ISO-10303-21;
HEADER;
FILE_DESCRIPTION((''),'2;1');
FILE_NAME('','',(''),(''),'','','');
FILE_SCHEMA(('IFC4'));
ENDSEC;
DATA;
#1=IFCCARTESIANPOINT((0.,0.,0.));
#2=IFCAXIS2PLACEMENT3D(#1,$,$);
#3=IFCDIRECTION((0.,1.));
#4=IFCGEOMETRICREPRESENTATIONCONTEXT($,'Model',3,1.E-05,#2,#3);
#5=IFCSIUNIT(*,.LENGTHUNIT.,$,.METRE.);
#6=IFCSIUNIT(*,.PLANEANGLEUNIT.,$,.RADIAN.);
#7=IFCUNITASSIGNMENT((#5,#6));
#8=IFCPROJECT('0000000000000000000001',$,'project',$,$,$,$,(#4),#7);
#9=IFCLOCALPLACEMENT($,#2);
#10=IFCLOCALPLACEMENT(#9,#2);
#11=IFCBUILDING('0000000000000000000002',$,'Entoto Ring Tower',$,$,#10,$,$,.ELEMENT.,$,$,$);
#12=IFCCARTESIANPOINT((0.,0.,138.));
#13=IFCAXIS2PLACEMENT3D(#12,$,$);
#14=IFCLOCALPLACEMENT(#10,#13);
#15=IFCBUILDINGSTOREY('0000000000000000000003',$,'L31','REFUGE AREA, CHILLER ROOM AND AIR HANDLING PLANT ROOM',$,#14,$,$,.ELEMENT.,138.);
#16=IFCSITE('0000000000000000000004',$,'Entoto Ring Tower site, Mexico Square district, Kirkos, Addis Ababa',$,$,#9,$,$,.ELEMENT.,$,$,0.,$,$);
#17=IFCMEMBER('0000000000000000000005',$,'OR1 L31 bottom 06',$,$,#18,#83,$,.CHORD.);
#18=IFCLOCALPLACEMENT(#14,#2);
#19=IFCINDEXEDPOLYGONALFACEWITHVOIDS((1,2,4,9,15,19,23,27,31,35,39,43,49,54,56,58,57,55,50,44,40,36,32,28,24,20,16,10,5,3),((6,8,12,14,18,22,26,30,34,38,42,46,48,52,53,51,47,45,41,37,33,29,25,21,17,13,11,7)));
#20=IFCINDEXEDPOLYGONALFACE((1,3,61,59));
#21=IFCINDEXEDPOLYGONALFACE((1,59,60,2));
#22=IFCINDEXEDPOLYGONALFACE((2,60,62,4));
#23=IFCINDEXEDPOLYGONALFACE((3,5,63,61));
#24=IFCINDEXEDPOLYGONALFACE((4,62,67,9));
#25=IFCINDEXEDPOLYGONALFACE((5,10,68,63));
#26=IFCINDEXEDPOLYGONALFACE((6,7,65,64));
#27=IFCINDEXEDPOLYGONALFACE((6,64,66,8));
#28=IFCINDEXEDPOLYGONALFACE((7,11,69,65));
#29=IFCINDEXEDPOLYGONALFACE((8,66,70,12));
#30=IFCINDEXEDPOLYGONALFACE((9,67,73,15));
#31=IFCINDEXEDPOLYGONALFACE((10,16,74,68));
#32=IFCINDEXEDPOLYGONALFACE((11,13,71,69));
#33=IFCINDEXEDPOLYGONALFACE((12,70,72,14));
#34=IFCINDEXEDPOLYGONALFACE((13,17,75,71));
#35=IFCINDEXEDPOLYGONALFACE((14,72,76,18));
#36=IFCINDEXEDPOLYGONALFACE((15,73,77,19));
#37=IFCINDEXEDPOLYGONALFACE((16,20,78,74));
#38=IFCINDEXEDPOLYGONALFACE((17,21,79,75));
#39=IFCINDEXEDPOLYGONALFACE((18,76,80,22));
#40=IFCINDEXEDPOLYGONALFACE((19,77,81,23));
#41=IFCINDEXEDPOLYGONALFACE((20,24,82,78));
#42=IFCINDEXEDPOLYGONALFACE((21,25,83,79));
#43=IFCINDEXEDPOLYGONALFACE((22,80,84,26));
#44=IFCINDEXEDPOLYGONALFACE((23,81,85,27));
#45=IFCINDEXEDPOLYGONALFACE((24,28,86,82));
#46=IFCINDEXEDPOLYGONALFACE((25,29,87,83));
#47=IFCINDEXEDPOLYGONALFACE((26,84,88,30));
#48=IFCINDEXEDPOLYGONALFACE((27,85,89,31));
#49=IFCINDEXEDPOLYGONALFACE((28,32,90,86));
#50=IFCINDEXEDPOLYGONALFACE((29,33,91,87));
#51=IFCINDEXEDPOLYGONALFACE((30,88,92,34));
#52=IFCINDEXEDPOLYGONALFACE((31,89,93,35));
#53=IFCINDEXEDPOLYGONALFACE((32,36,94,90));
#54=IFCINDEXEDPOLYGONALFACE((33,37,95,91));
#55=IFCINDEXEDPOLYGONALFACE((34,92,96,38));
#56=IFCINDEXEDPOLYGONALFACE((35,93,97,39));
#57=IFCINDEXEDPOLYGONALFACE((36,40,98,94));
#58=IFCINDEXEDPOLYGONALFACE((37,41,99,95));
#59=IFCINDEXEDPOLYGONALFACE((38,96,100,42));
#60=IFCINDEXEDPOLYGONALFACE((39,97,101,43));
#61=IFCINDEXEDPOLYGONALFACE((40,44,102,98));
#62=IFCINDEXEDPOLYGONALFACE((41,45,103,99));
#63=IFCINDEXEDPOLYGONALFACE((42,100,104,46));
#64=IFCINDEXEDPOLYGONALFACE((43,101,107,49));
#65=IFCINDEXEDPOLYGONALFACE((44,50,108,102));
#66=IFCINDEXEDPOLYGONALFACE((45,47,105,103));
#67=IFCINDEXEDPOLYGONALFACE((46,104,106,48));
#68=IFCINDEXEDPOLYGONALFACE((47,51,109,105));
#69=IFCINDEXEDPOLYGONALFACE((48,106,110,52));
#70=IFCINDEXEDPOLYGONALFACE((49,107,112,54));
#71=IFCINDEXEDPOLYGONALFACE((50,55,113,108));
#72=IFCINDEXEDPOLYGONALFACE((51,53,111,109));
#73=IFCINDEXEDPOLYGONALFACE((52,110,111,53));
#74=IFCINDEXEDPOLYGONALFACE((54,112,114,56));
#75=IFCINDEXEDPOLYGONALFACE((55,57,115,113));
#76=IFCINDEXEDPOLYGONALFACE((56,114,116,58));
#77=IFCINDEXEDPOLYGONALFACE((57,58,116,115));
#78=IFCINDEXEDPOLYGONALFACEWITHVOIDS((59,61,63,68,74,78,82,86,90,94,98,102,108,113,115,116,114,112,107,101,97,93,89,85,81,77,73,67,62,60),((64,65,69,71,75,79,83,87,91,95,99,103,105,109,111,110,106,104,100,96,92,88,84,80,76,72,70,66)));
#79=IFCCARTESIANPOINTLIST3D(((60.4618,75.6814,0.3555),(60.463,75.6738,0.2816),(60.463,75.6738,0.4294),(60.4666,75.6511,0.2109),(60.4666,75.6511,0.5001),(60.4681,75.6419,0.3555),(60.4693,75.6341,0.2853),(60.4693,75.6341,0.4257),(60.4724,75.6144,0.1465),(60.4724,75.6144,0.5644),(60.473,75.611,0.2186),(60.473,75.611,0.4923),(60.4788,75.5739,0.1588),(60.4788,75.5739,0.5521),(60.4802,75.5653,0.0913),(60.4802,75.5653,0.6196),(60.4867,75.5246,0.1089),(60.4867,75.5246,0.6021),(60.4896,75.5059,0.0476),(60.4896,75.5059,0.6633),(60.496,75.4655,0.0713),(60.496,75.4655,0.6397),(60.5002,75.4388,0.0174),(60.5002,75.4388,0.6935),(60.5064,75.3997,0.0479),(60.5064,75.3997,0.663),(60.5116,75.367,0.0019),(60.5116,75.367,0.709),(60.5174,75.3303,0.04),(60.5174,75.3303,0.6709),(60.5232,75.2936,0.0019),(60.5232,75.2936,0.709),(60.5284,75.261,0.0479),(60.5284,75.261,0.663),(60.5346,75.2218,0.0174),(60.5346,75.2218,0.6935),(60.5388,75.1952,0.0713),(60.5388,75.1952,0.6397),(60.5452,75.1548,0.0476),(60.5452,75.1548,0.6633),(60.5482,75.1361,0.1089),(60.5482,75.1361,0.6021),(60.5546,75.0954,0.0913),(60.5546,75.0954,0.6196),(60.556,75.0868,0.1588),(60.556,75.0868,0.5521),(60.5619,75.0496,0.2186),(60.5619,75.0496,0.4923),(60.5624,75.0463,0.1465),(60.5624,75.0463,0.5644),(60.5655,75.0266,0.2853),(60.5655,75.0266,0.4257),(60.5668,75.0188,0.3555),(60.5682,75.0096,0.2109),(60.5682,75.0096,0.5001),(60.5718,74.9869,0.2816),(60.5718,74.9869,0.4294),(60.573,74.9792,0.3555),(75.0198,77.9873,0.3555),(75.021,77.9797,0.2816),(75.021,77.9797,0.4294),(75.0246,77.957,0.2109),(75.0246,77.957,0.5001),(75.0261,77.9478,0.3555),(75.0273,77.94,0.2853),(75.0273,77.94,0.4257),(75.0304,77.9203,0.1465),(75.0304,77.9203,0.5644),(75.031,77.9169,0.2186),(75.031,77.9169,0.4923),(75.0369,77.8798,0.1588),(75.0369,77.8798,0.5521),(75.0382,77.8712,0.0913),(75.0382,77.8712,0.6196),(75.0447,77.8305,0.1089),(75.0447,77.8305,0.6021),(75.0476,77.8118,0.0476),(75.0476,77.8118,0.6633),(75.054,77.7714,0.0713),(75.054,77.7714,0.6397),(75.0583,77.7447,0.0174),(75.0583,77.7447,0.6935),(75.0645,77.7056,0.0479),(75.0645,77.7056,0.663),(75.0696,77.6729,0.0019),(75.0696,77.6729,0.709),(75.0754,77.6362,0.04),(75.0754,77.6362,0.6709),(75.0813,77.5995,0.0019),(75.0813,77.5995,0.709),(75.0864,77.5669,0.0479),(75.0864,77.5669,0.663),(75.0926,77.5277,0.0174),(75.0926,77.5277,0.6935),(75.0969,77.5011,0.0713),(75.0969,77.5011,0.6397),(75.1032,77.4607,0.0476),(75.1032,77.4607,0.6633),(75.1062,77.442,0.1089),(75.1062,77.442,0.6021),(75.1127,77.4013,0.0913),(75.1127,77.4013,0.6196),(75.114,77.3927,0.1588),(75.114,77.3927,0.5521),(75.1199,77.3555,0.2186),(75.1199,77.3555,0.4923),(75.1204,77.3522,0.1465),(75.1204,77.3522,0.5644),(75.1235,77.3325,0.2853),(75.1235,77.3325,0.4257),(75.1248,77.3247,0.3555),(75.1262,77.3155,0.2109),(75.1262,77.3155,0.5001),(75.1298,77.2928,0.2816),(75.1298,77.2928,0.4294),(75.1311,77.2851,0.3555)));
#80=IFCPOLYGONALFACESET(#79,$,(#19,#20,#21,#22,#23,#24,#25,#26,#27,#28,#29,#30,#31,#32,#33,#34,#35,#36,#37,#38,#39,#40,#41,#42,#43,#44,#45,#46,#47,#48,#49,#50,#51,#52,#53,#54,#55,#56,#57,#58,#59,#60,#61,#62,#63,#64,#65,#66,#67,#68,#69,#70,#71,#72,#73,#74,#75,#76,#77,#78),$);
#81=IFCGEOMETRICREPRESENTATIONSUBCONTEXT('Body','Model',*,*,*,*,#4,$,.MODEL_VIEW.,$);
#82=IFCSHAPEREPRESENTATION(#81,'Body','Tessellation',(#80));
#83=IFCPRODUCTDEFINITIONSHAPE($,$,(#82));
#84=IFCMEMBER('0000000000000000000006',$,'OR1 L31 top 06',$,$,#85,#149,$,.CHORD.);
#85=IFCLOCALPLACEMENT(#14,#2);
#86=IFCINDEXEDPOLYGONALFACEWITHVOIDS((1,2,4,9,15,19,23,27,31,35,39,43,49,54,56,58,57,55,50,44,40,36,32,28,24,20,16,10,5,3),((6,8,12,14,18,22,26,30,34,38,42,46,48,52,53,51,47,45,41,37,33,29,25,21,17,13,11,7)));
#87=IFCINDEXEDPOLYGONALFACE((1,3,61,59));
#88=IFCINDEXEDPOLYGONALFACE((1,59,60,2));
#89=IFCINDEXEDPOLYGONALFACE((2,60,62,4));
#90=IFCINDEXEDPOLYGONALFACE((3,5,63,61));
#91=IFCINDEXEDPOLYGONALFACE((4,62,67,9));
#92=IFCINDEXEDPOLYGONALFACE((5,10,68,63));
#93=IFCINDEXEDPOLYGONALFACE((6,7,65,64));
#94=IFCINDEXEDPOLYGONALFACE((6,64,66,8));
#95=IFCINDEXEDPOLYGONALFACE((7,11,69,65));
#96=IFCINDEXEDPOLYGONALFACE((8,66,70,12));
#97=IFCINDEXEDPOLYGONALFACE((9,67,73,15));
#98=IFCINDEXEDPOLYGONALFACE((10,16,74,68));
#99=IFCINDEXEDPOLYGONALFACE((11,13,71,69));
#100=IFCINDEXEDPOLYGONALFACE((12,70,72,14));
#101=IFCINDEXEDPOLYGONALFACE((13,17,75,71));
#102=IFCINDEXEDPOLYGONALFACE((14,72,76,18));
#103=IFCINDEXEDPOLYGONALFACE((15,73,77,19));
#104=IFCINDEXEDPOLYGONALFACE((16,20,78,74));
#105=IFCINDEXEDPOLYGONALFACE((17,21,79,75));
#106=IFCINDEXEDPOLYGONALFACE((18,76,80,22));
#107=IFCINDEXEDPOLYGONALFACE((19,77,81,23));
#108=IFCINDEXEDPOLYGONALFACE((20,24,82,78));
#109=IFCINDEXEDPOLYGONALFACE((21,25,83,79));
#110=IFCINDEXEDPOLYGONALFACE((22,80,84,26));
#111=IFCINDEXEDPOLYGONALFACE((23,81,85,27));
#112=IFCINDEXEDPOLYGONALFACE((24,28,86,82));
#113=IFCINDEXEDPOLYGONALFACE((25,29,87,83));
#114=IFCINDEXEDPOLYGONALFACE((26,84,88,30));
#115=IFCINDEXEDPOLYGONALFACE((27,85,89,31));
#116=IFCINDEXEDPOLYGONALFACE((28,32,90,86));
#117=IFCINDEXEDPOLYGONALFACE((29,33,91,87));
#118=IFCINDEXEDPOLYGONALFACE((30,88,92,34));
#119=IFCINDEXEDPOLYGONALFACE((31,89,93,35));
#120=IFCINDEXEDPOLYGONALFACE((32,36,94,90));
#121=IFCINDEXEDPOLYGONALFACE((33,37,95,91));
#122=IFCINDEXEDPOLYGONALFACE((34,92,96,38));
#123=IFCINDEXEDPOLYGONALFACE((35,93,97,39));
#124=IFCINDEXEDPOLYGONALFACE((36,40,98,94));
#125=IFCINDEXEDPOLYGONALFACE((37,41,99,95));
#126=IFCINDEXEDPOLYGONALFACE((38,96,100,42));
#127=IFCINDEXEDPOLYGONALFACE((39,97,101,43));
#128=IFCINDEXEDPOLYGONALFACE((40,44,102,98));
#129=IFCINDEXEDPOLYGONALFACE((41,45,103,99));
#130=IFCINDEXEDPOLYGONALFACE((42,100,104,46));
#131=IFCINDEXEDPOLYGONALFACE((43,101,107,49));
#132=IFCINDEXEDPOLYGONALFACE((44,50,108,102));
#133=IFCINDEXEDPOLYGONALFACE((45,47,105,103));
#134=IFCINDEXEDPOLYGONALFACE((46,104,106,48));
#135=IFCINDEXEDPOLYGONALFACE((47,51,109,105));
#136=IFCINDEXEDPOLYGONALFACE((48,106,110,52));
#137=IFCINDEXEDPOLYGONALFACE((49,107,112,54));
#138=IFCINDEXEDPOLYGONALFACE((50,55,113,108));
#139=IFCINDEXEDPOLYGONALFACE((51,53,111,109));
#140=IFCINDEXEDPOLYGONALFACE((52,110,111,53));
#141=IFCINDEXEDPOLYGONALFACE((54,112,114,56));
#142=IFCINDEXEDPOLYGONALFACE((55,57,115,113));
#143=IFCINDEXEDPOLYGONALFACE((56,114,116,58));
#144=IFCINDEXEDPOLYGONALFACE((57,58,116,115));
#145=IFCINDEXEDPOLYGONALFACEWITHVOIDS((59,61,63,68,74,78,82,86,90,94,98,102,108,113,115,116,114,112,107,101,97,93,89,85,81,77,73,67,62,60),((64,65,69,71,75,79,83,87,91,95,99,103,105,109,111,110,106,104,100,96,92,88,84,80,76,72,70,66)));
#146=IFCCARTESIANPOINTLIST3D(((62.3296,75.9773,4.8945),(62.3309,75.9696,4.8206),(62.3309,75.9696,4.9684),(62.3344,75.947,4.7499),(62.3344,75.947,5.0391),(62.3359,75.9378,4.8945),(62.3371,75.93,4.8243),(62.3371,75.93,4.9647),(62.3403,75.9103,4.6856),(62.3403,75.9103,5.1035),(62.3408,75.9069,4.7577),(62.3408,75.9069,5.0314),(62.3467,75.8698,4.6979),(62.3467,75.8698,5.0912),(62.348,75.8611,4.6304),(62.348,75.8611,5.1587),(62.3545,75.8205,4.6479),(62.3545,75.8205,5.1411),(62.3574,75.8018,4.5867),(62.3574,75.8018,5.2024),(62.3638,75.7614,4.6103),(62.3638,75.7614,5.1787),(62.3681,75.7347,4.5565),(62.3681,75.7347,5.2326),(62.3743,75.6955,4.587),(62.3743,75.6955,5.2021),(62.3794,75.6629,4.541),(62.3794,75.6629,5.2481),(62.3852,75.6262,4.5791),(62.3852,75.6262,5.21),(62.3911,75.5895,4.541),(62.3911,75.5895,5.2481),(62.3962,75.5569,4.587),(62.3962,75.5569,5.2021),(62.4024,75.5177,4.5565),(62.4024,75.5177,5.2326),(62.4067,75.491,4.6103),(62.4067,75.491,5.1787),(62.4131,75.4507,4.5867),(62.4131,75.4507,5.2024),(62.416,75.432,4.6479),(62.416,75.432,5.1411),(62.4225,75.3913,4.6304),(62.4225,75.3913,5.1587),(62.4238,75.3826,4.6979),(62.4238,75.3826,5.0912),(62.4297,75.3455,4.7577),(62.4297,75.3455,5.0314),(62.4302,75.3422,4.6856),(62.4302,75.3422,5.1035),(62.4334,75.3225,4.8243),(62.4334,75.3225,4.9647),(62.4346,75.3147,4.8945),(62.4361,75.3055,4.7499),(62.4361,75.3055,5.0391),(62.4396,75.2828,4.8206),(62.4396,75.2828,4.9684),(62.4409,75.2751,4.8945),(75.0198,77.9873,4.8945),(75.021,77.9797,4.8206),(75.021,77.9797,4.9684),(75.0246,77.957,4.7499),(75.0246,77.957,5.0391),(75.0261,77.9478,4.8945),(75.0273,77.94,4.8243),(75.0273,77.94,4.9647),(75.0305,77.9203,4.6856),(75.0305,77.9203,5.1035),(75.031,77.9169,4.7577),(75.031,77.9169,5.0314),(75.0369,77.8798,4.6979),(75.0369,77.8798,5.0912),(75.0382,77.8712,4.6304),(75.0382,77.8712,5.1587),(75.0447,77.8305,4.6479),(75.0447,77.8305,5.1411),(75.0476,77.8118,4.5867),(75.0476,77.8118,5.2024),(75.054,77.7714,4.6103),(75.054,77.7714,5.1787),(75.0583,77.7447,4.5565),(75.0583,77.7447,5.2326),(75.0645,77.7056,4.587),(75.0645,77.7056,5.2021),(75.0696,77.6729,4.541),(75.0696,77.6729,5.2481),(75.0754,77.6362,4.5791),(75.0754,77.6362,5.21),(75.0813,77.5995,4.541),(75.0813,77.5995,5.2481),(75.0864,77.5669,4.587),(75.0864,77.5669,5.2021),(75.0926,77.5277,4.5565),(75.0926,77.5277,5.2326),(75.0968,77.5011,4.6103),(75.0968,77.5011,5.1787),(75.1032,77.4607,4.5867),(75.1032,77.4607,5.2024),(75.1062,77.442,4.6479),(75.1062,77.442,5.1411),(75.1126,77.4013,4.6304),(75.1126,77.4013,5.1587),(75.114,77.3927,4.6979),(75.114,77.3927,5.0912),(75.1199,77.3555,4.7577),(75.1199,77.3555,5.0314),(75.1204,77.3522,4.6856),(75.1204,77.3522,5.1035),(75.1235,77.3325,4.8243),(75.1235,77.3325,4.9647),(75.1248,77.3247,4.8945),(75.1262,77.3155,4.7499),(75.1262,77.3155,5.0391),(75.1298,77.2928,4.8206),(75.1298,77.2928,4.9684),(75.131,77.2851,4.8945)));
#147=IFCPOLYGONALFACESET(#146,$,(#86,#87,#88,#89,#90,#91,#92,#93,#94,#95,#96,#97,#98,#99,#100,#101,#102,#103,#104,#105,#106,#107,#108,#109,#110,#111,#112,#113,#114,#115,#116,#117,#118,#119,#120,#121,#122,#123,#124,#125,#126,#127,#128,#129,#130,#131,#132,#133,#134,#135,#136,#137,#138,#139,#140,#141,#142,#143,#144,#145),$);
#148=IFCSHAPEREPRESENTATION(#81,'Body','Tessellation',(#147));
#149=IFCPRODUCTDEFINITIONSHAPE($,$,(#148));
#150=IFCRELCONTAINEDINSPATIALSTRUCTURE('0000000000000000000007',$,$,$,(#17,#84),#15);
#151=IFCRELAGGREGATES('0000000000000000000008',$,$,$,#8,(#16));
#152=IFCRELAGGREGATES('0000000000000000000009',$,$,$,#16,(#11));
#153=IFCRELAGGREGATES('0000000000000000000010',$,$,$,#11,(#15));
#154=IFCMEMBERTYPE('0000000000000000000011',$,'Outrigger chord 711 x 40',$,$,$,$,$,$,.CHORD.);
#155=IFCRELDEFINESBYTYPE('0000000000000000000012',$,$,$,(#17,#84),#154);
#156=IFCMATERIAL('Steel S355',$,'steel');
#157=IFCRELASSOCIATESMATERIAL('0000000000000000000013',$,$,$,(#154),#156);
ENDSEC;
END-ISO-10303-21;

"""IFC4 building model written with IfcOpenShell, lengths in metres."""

from ifc_helpers import new_model, si_unit, direction, frame, origin, origin_2d, place, context, subcontext, project, spatial, circle, hollow_circle, extrude, material, material_profile, profile_set, type_object, element, save


model = new_model("IFC4")

# Units and contexts
model_context = context("Model", 3, precision=1e-05, world=origin(), true_north=direction((0.0, 1.0)))
body_context = subcontext(model_context, "Body", "Model", "MODEL_VIEW")
ifc_project = project(units=[si_unit("LENGTHUNIT", "METRE"), si_unit("PLANEANGLEUNIT", "RADIAN")], contexts=[model_context])

# Site, building, storey
site_placement = place(None, origin())
site = spatial("IfcSite", under=ifc_project, at=site_placement, Name="Entoto Ring Tower site, Mexico Square district, Kirkos, Addis Ababa", CompositionType="ELEMENT", RefElevation=0.0)
building_placement = place(site_placement, origin())
building = spatial("IfcBuilding", under=site, at=building_placement, Name="Entoto Ring Tower", CompositionType="ELEMENT")
storey_placement = place(building_placement, frame((0.0, 0.0, 138.0)))
storey = spatial("IfcBuildingStorey", under=building, at=storey_placement, Name="L31", Description="REFUGE AREA, CHILLER ROOM AND AIR HANDLING PLANT ROOM", CompositionType="ELEMENT", Elevation=138.0)

# Members
ifc_material_1 = material(Name="Steel S355", Category="steel")
ifc_material_profile_1 = material_profile(ifc_material_1, hollow_circle(Radius=0.3555, WallThickness=0.04, at=origin_2d()), Name="CHS 711 x 40")
ifc_material_2 = material(Name="Concrete C60/75", Category="concrete")
ifc_material_profile_2 = material_profile(ifc_material_2, circle(Radius=0.3154, at=origin_2d()), Name="Concrete C60/75 infill")
ifc_profile_set_1 = profile_set([ifc_material_profile_1, ifc_material_profile_2], Name="Steel S355")
member_type_1 = type_object("IfcMemberType", Name="Outrigger chord 711 x 40", PredefinedType="CHORD", material=ifc_profile_set_1)
member_1_placement = place(storey_placement, frame((75.0754, 77.6362, 0.3555), z_axis=(-0.987687, -0.156443, 0.0), x_axis=(0.156443, -0.987687, 0.0)))
element("IfcMember", 1, at=member_1_placement, inside=storey, type_object=member_type_1, Name="OR1 L31 bottom 06", PredefinedType="CHORD", context=body_context, shape_type="SweptSolid", body=[
    extrude(hollow_circle(Radius=0.3555, WallThickness=0.04, at=origin_2d()), origin(), (0.0, 0.0, 1.0), 14.7395),
])
member_2_placement = place(storey_placement, frame((75.0754, 77.6362, 4.8945), z_axis=(-0.987687, -0.156441, 0.0), x_axis=(0.156441, -0.987687, 0.0)))
element("IfcMember", 2, at=member_2_placement, inside=storey, type_object=member_type_1, Name="OR1 L31 top 06", PredefinedType="CHORD", context=body_context, shape_type="SweptSolid", body=[
    extrude(hollow_circle(Radius=0.3555, WallThickness=0.04, at=origin_2d()), origin(), (0.0, 0.0, 1.0), 12.8484),
])

save(model, "model.ifc")
